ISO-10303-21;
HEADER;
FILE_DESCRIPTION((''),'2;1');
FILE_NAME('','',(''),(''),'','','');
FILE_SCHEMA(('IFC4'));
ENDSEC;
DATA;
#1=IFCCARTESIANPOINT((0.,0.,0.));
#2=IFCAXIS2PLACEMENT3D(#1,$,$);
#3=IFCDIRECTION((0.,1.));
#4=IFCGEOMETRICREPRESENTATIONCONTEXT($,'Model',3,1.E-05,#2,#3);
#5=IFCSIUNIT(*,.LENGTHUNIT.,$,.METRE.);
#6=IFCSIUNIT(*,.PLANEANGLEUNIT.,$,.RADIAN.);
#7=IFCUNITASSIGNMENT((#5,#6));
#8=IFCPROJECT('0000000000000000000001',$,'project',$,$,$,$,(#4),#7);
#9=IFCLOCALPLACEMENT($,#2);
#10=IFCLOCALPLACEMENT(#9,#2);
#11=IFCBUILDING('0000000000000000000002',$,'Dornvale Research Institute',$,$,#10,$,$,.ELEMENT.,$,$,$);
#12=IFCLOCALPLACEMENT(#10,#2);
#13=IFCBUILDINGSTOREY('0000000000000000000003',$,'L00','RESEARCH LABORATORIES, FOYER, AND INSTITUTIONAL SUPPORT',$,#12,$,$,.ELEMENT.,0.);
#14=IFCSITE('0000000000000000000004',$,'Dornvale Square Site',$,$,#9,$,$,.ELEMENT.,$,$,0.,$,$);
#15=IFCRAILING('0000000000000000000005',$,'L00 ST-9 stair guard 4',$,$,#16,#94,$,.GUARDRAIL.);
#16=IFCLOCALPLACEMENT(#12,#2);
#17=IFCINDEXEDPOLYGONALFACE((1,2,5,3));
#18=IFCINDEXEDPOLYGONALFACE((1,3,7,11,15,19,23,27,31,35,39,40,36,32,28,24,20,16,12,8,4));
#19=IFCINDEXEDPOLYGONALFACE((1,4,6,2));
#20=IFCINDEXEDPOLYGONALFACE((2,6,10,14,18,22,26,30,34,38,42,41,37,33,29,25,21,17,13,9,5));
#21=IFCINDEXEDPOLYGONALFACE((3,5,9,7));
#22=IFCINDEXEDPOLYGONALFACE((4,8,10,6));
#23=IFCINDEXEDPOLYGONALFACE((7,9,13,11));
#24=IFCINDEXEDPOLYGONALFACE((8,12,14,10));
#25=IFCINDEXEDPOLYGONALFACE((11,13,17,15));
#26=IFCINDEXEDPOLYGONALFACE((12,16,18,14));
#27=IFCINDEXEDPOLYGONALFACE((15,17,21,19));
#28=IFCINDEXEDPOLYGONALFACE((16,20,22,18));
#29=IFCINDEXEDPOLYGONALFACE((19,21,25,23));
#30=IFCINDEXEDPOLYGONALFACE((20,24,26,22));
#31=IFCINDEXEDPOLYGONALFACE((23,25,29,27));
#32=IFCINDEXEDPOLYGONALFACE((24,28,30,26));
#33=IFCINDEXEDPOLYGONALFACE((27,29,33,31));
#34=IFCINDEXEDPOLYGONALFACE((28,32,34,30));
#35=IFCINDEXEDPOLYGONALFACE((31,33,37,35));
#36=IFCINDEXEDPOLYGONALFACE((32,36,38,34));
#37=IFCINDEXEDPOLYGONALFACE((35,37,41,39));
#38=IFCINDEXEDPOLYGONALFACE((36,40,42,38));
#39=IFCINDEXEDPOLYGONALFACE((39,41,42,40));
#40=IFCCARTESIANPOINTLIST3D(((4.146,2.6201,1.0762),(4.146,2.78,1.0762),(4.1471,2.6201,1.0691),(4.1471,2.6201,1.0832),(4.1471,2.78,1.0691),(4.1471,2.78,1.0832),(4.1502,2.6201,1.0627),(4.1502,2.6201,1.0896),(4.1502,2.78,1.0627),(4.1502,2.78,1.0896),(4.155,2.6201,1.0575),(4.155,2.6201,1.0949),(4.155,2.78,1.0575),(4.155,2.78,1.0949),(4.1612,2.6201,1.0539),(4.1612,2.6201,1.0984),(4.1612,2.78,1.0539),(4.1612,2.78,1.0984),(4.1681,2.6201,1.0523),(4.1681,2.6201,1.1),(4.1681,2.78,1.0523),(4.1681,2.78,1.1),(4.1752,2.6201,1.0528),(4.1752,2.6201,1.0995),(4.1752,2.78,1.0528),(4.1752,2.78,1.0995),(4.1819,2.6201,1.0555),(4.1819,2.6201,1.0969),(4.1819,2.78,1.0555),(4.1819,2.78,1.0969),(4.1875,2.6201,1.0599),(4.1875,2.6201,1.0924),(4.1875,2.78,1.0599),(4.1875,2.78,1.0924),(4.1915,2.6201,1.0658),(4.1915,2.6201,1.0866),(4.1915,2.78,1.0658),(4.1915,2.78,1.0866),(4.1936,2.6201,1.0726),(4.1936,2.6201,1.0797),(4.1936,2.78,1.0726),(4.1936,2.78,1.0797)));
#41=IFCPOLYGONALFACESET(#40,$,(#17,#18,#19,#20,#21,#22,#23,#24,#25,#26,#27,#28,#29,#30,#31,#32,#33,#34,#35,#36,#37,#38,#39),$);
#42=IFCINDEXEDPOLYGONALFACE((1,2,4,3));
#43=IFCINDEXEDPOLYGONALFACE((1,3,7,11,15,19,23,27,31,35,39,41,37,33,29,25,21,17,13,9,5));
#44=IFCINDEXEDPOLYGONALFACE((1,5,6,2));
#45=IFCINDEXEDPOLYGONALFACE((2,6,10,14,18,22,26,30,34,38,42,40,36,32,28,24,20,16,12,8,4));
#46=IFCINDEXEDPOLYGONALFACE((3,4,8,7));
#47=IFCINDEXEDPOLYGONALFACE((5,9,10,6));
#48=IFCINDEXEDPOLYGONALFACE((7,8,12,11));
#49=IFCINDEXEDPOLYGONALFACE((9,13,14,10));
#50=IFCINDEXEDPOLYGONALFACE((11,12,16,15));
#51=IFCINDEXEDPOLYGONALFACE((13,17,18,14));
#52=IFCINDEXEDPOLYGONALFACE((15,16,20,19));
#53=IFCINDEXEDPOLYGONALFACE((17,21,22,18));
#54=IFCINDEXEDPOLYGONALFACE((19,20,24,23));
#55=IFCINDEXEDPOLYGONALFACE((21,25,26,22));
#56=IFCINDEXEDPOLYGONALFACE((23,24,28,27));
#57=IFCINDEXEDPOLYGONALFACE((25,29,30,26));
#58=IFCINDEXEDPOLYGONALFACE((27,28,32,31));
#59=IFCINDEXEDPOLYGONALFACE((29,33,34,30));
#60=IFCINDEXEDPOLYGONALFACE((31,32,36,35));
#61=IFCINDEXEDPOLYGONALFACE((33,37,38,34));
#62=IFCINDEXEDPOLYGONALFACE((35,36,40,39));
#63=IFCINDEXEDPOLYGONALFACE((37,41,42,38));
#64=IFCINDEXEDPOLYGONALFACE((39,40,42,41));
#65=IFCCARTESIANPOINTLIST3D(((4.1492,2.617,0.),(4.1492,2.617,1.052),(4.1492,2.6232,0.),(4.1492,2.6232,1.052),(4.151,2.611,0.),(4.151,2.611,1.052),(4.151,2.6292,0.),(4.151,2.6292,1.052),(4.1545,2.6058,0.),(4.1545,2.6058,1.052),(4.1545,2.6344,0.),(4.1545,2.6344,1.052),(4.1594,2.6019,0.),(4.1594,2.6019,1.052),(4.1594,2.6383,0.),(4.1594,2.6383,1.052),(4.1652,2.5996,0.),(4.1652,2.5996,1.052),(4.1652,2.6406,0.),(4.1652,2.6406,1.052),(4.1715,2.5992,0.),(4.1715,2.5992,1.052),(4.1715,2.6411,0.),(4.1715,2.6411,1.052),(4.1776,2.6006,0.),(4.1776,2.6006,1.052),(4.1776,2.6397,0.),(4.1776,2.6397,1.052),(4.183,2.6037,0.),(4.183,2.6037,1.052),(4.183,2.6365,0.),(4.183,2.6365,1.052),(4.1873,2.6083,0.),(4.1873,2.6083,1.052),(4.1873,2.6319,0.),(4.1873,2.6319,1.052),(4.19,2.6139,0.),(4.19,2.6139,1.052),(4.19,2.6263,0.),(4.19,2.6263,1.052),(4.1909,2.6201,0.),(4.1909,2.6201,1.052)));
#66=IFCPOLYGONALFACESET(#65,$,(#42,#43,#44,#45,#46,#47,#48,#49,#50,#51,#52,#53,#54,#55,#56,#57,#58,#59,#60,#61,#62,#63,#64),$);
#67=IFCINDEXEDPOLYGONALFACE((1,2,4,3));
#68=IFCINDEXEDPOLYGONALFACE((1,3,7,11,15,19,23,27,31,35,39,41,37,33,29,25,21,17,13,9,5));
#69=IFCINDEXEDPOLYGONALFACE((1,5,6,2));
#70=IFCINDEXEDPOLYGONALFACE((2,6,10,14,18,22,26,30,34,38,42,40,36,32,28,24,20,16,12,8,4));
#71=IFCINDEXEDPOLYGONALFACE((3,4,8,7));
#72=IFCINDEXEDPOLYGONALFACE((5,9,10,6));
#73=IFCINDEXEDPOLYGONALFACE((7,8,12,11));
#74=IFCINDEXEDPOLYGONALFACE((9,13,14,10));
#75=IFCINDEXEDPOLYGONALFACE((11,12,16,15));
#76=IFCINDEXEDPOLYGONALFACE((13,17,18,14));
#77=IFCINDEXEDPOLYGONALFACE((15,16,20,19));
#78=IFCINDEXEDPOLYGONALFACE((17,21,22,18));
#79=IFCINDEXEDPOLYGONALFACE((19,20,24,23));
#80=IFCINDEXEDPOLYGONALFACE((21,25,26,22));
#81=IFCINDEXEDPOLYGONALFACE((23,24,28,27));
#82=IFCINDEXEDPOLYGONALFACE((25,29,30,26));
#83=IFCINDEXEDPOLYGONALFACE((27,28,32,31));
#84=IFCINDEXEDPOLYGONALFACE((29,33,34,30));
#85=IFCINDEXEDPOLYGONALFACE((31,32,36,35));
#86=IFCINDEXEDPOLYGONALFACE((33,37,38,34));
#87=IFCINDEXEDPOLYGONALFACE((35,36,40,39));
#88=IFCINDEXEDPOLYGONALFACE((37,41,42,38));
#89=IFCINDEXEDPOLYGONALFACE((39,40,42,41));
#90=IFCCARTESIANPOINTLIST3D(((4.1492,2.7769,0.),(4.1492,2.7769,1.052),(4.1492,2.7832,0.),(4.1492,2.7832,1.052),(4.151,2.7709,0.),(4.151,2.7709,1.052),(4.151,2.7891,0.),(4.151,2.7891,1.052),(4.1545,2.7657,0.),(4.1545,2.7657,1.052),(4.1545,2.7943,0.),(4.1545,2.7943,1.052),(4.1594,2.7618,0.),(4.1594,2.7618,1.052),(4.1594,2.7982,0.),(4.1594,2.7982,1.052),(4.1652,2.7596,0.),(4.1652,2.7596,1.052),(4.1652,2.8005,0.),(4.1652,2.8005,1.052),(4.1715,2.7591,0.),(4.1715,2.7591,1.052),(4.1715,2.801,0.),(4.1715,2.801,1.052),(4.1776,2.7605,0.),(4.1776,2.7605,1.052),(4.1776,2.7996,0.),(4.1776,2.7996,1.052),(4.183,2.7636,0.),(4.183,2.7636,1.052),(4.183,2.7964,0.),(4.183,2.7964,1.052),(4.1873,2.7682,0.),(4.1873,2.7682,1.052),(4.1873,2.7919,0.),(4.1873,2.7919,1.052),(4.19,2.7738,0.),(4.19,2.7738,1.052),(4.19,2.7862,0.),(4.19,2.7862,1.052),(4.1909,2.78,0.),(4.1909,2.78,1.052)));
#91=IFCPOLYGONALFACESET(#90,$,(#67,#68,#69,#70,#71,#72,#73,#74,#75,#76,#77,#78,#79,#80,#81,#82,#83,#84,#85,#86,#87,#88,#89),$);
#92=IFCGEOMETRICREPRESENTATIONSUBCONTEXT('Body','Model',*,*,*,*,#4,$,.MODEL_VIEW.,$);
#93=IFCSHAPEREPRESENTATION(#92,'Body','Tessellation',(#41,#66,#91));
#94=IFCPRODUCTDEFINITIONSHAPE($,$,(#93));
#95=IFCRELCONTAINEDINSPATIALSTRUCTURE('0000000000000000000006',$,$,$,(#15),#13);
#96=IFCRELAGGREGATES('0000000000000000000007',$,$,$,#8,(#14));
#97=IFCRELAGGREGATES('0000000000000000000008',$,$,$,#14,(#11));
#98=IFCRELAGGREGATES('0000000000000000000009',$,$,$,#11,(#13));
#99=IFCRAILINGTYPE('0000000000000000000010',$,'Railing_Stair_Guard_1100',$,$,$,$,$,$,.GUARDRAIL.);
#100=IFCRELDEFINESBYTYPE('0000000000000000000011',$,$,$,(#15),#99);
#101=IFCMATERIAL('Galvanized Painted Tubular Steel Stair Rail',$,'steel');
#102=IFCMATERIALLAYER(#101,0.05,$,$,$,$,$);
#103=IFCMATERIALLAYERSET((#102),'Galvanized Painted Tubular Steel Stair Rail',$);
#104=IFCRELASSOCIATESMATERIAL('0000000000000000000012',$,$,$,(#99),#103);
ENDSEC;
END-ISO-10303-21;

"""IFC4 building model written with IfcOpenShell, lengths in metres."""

from ifc_helpers import new_model, si_unit, direction, frame, origin, origin_2d, place, context, subcontext, project, spatial, circle, extrude, material, layer, layer_set, type_object, element, save


model = new_model("IFC4")

# Units and contexts
model_context = context("Model", 3, precision=1e-05, world=origin(), true_north=direction((0.0, 1.0)))
body_context = subcontext(model_context, "Body", "Model", "MODEL_VIEW")
ifc_project = project(units=[si_unit("LENGTHUNIT", "METRE"), si_unit("PLANEANGLEUNIT", "RADIAN")], contexts=[model_context])

# Site, building, storey
site_placement = place(None, origin())
site = spatial("IfcSite", under=ifc_project, at=site_placement, Name="Dornvale Square Site", CompositionType="ELEMENT", RefElevation=0.0)
building_placement = place(site_placement, origin())
building = spatial("IfcBuilding", under=site, at=building_placement, Name="Dornvale Research Institute", CompositionType="ELEMENT")
storey_placement = place(building_placement, origin())
storey = spatial("IfcBuildingStorey", under=building, at=storey_placement, Name="L00", Description="RESEARCH LABORATORIES, FOYER, AND INSTITUTIONAL SUPPORT", CompositionType="ELEMENT", Elevation=0.0)

# Railing
ifc_material_1 = material(Name="Galvanized Painted Tubular Steel Stair Rail", Category="steel")
ifc_layer_1 = layer(ifc_material_1, 0.05)
ifc_layer_set_1 = layer_set([ifc_layer_1], Name="Galvanized Painted Tubular Steel Stair Rail")
railing_type_1 = type_object("IfcRailingType", Name="Railing_Stair_Guard_1100", PredefinedType="GUARDRAIL", material=ifc_layer_set_1)
railing_1_placement = place(storey_placement, frame((4.1699, 2.6201, 0.0)))
element("IfcRailing", 1, at=railing_1_placement, inside=storey, type_object=railing_type_1, Name="L00 ST-9 stair guard 4", PredefinedType="GUARDRAIL", context=body_context, shape_type="SweptSolid", body=[
    extrude(circle(Radius=0.0239, at=origin_2d()), frame((0.0, 0.0, 1.0762), z_axis=(0.0, 1.0, 0.0), x_axis=(-1.0, 0.0, 0.0)), (0.0, 0.0, 1.0), 0.1599),
    extrude(circle(Radius=0.021, at=origin_2d()), origin(), (0.0, 0.0, 1.0), 1.052),
    extrude(circle(Radius=0.021, at=origin_2d()), frame((0.0, 0.1599, 0.0)), (0.0, 0.0, 1.0), 1.052),
])

save(model, "model.ifc")
